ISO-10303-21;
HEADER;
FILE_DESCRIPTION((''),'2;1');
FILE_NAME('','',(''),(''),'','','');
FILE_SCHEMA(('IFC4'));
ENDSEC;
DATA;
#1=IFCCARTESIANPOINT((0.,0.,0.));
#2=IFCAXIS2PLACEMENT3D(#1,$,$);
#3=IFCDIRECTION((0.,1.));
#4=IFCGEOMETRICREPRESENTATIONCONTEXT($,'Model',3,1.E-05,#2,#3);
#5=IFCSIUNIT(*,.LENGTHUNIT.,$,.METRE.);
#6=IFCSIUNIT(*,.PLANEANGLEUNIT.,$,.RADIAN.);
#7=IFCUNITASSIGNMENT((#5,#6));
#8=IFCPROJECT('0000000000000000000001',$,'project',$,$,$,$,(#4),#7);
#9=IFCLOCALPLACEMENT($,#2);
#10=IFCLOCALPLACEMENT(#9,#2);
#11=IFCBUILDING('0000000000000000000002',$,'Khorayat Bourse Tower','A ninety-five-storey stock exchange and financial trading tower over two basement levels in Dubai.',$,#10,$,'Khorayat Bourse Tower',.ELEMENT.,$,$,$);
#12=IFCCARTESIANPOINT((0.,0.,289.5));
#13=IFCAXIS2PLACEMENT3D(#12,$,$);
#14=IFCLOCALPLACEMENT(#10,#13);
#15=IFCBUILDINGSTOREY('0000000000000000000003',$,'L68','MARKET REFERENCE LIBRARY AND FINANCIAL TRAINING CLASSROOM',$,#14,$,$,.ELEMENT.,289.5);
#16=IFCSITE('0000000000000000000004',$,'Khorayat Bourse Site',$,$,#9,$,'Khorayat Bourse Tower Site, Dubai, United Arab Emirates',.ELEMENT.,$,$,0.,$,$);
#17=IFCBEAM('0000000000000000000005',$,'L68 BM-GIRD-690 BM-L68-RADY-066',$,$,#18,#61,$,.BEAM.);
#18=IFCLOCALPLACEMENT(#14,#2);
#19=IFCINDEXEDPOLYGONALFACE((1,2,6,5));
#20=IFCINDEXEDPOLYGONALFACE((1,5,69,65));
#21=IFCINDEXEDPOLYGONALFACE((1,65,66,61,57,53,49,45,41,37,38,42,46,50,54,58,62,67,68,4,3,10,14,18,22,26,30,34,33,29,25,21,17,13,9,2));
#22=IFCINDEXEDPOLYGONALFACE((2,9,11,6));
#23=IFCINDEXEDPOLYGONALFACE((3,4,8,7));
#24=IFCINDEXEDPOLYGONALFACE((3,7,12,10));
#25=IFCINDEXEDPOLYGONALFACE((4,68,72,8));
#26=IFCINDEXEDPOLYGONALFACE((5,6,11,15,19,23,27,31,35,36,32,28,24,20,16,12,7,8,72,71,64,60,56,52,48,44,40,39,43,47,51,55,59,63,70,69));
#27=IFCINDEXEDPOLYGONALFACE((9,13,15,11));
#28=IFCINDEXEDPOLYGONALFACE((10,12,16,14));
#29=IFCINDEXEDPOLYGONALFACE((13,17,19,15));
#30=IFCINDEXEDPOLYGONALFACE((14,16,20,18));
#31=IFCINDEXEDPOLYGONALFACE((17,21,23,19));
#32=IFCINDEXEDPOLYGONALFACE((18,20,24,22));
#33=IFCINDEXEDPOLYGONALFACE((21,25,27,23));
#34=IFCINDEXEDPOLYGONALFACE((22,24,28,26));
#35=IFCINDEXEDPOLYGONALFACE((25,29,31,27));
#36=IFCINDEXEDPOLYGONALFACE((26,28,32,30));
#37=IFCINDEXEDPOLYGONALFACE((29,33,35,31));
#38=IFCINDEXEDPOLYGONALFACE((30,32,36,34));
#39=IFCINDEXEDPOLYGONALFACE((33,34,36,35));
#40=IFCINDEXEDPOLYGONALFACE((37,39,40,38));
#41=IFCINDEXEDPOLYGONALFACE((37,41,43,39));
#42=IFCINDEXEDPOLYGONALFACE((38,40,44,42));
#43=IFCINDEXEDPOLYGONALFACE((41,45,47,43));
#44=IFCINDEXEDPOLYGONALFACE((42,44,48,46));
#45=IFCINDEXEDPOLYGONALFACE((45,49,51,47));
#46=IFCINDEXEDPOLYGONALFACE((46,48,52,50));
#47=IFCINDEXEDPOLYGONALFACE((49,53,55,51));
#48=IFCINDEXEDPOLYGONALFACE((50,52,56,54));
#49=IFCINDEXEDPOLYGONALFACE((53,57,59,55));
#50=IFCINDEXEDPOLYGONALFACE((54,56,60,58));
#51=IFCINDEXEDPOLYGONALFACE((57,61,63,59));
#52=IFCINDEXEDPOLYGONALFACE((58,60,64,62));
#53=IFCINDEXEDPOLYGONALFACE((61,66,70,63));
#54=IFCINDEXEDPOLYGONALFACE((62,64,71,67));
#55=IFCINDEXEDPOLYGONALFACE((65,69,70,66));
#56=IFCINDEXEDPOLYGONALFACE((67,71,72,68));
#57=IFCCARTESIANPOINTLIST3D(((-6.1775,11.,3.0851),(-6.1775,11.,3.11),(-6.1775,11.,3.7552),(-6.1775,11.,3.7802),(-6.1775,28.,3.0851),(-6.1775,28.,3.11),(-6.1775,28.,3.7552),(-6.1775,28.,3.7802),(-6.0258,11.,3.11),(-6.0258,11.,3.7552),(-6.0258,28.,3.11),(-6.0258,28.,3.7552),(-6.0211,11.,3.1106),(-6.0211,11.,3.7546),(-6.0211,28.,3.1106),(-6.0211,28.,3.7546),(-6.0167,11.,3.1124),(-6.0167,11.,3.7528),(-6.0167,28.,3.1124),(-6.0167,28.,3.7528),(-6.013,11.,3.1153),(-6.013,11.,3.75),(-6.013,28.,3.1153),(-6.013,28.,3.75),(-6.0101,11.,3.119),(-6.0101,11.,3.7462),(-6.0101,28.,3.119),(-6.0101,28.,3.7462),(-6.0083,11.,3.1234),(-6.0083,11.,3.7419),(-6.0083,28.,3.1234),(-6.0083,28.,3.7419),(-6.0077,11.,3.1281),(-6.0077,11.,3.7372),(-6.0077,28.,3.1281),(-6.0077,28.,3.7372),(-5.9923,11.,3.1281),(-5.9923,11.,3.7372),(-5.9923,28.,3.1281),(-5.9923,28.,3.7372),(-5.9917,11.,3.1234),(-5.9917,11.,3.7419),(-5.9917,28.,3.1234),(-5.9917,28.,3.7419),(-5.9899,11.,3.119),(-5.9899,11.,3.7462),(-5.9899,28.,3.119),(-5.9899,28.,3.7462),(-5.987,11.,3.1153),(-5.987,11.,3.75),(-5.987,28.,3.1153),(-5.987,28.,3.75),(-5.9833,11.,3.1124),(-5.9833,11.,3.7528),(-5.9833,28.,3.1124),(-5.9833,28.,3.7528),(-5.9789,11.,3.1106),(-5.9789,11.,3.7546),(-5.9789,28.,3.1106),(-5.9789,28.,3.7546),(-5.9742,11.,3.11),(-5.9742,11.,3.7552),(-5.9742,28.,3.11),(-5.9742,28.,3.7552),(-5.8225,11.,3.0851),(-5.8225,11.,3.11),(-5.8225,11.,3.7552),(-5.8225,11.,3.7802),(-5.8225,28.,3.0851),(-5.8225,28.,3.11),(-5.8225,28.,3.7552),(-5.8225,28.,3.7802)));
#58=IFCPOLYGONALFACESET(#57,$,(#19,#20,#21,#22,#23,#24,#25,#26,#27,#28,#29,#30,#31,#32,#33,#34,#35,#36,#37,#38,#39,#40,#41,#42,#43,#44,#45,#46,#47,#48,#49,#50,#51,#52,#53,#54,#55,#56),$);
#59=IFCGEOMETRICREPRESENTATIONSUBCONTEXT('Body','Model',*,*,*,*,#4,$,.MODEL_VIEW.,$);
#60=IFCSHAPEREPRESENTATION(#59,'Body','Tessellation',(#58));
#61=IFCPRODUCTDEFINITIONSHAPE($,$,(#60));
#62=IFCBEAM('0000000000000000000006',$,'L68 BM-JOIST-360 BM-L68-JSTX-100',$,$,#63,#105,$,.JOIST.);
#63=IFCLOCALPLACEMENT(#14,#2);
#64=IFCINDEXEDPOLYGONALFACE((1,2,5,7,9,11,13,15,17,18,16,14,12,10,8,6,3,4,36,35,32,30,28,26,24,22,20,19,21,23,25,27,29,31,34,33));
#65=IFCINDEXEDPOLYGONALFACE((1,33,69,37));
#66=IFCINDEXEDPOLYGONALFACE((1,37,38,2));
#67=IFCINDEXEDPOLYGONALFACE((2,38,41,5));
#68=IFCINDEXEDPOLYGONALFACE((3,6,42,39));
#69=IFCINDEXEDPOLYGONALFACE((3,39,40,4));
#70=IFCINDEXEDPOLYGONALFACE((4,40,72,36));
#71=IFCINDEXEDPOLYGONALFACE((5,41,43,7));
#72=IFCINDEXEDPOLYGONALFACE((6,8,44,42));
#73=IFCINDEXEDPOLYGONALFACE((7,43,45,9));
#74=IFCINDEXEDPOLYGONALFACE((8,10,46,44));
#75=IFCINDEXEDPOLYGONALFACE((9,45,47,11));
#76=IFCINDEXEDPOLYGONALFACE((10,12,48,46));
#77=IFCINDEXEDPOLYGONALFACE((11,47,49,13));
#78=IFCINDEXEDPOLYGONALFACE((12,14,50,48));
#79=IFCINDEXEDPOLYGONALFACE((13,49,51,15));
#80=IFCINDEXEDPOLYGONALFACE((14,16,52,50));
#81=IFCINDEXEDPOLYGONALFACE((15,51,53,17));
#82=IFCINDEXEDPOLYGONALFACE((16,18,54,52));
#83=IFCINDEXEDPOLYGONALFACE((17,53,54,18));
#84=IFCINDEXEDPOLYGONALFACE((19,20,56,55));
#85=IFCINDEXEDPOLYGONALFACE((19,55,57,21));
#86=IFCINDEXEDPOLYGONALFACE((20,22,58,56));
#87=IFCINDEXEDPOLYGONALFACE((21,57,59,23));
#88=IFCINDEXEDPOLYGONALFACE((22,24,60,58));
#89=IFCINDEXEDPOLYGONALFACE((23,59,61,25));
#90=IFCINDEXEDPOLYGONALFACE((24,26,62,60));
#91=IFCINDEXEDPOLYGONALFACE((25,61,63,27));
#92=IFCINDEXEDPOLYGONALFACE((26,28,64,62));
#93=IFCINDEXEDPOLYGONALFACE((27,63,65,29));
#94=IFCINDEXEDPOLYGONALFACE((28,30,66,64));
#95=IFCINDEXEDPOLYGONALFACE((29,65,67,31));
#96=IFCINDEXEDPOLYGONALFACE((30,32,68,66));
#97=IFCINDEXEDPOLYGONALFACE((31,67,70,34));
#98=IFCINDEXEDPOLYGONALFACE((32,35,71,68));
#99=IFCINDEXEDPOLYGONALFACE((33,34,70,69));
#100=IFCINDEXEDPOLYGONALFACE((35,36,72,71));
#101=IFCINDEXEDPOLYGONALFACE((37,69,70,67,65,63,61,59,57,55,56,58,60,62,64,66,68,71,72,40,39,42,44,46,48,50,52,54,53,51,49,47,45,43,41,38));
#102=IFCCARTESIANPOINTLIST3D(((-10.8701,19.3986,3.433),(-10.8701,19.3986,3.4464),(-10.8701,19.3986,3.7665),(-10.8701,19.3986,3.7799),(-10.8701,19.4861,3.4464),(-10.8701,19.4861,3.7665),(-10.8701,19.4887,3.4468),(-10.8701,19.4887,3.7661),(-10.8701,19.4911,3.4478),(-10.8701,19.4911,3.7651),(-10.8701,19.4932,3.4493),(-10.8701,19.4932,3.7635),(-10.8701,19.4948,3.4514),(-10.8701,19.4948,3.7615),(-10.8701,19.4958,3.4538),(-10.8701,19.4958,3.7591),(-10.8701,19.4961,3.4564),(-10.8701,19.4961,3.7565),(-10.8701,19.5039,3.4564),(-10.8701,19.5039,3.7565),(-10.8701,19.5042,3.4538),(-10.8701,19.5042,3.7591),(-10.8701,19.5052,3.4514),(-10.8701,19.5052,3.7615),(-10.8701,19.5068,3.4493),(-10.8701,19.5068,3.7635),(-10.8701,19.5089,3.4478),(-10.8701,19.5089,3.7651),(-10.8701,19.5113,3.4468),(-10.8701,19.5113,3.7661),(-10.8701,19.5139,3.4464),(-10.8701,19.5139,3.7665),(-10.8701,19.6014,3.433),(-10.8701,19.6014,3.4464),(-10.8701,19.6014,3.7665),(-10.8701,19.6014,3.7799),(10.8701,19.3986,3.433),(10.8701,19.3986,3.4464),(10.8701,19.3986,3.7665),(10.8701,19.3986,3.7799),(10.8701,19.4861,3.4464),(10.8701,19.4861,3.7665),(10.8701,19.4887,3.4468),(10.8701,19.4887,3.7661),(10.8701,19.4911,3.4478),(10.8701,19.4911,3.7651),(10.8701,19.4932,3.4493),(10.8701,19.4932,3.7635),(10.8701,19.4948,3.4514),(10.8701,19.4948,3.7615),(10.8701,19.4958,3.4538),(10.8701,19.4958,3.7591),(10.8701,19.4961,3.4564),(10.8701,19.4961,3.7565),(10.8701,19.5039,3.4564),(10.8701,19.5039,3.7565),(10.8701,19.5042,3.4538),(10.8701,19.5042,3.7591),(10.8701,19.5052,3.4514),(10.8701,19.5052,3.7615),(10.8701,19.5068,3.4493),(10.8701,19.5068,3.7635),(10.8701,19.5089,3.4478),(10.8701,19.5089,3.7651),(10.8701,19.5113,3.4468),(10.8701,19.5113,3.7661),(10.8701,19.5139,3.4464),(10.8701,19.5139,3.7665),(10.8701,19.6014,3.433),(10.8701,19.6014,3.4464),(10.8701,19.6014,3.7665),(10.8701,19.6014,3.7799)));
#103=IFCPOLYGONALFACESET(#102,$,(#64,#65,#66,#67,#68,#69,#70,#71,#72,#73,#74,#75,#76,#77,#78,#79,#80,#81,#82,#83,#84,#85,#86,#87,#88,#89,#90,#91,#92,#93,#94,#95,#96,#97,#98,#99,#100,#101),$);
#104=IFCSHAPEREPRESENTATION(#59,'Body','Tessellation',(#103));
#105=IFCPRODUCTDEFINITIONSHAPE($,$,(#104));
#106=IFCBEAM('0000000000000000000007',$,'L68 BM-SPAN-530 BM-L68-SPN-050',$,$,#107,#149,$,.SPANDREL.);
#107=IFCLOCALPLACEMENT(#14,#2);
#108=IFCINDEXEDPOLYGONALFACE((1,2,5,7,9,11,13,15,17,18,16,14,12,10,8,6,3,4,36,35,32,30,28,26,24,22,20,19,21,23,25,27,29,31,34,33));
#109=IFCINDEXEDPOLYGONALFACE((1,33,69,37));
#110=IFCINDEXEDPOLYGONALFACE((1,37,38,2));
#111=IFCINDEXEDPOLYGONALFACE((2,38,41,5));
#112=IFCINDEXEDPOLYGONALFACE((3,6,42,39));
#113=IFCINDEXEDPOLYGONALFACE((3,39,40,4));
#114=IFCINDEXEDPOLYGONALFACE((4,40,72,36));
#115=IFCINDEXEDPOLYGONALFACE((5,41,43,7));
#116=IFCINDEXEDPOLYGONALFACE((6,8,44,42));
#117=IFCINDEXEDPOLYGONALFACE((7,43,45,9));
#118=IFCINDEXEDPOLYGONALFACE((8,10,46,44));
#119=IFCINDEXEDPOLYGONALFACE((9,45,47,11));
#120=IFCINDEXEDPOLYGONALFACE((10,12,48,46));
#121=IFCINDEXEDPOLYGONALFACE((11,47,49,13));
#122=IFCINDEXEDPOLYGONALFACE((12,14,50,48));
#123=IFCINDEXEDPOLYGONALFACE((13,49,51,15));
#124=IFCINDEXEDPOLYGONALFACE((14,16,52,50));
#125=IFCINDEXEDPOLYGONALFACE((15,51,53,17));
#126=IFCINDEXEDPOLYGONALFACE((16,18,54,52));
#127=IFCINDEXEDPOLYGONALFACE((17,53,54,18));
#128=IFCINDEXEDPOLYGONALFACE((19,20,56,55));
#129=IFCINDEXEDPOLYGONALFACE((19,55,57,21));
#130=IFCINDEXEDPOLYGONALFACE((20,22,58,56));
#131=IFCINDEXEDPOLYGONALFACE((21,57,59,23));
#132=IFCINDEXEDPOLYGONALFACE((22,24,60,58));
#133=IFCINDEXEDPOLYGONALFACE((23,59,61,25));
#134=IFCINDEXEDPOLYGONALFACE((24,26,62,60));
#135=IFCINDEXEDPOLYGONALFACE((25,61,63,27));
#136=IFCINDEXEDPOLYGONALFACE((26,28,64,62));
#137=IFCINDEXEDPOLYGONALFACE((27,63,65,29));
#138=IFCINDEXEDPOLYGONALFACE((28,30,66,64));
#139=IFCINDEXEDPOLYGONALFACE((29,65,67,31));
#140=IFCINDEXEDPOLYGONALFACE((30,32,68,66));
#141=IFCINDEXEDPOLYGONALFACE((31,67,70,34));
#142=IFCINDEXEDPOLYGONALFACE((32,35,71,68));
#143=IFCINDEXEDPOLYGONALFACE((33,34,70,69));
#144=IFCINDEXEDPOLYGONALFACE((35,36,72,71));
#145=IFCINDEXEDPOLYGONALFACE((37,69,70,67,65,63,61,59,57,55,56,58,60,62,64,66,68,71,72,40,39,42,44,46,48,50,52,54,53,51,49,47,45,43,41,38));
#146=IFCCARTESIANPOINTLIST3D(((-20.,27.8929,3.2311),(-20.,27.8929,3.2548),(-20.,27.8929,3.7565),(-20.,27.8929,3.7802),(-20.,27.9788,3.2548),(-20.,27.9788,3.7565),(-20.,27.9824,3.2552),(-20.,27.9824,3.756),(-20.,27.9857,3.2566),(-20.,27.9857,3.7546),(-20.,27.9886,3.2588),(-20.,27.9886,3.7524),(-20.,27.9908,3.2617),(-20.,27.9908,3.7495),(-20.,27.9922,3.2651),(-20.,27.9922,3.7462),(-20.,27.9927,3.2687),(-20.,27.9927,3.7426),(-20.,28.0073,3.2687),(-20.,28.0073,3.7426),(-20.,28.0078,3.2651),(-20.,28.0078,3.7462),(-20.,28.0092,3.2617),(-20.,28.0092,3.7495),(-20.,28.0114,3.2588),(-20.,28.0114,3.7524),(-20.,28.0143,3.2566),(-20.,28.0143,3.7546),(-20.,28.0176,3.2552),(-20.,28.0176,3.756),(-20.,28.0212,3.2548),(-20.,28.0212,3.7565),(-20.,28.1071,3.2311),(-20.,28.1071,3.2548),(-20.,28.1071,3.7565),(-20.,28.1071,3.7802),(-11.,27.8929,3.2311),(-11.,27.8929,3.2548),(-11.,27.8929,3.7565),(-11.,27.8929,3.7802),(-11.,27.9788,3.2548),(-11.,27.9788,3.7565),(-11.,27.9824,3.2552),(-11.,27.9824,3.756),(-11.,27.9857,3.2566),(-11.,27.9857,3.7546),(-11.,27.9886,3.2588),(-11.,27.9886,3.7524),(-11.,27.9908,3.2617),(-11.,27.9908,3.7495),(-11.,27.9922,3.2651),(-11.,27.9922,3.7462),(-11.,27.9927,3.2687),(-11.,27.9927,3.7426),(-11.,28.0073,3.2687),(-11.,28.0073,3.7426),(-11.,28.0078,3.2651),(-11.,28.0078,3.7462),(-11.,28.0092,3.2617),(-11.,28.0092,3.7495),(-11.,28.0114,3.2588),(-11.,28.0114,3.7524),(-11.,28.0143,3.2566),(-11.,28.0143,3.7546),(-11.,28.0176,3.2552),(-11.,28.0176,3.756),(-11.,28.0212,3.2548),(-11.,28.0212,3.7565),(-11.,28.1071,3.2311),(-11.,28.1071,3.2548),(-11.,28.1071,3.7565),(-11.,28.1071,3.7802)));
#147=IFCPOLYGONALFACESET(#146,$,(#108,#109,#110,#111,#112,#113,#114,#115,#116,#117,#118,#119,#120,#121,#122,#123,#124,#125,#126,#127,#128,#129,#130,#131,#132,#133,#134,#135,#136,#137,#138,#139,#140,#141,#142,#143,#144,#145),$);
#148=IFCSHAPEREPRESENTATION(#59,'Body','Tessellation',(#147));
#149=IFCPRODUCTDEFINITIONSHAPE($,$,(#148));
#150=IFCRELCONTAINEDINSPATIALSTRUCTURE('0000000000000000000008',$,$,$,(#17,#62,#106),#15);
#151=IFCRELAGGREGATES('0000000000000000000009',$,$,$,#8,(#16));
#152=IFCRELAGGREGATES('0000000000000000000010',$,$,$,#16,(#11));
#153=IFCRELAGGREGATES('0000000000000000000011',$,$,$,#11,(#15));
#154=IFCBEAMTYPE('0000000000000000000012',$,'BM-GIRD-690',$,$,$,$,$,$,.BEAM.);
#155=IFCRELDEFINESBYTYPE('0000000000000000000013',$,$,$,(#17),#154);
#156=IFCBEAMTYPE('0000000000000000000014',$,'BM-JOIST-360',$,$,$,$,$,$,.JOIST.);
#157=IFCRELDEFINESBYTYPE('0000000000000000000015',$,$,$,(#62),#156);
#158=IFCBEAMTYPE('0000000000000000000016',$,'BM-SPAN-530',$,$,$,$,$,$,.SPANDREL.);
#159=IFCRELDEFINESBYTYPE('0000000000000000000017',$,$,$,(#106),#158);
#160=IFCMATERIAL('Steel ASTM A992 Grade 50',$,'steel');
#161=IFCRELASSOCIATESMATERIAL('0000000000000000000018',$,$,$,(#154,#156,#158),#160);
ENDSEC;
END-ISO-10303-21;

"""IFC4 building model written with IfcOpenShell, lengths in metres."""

from ifc_helpers import new_model, si_unit, direction, frame, origin, origin_2d, place, context, subcontext, project, spatial, i_section, extrude, source, transform, mapped, material, material_profile, profile_set, type_object, element, save


model = new_model("IFC4")

# Units and contexts
model_context = context("Model", 3, precision=1e-05, world=origin(), true_north=direction((0.0, 1.0)))
body_context = subcontext(model_context, "Body", "Model", "MODEL_VIEW")
ifc_project = project(units=[si_unit("LENGTHUNIT", "METRE"), si_unit("PLANEANGLEUNIT", "RADIAN")], contexts=[model_context])

# Site, building, storey
site_placement = place(None, origin())
site = spatial("IfcSite", under=ifc_project, at=site_placement, Name="Khorayat Bourse Site", LongName="Khorayat Bourse Tower Site, Dubai, United Arab Emirates", CompositionType="ELEMENT", RefElevation=0.0)
building_placement = place(site_placement, origin())
building = spatial("IfcBuilding", under=site, at=building_placement, Name="Khorayat Bourse Tower", Description="A ninety-five-storey stock exchange and financial trading tower over two basement levels in Dubai.", LongName="Khorayat Bourse Tower", CompositionType="ELEMENT")
storey_placement = place(building_placement, frame((0.0, 0.0, 289.5)))
storey = spatial("IfcBuildingStorey", under=building, at=storey_placement, Name="L68", Description="MARKET REFERENCE LIBRARY AND FINANCIAL TRAINING CLASSROOM", CompositionType="ELEMENT", Elevation=289.5)

# Beams
ifc_material_1 = material(Name="Steel ASTM A992 Grade 50", Category="steel")
ifc_material_profile_1 = material_profile(ifc_material_1, i_section(OverallWidth=0.355, OverallDepth=0.6951, WebThickness=0.0154, FlangeThickness=0.0249, FilletRadius=0.0181, at=origin_2d()), Name="W690X217")
ifc_profile_set_1 = profile_set([ifc_material_profile_1], Name="Steel ASTM A992 Grade 50")
beam_type_1 = type_object("IfcBeamType", Name="BM-GIRD-690", PredefinedType="BEAM", material=ifc_profile_set_1)
shared_shape_1 = source(origin(), body_context, "Body", "SweptSolid", [
    extrude(i_section(OverallWidth=0.355, OverallDepth=0.6951, WebThickness=0.0154, FlangeThickness=0.0249, FilletRadius=0.0181, at=origin_2d()), origin(), (0.0, 0.0, 1.0), 17.0),
])
for number, where, z_axis, x_axis, name in (
    (1, (-6.0, 11.0, 3.4326), (0.0, 1.0, 0.0), (-1.0, 0.0, 0.0), "L68 BM-GIRD-690 BM-L68-RADY-066"),
):
    element("IfcBeam", number, at=place(storey_placement, frame(where, z_axis=z_axis, x_axis=x_axis)), inside=storey, type_object=beam_type_1, Name=name, PredefinedType="BEAM", context=body_context, shape_type="MappedRepresentation", body=[
        mapped(shared_shape_1, transform((0.0, 0.0, 0.0), scale=1.0)),
    ])
ifc_material_profile_2 = material_profile(ifc_material_1, i_section(OverallWidth=0.2029, OverallDepth=0.3469, WebThickness=0.0078, FlangeThickness=0.0134, FilletRadius=0.01, at=origin_2d()), Name="W360X64")
ifc_profile_set_2 = profile_set([ifc_material_profile_2], Name="Steel ASTM A992 Grade 50")
beam_type_2 = type_object("IfcBeamType", Name="BM-JOIST-360", PredefinedType="JOIST", material=ifc_profile_set_2)
shared_shape_2 = source(origin(), body_context, "Body", "SweptSolid", [
    extrude(i_section(OverallWidth=0.2029, OverallDepth=0.3469, WebThickness=0.0078, FlangeThickness=0.0134, FilletRadius=0.01, at=origin_2d()), origin(), (0.0, 0.0, 1.0), 21.7402),
])
beam_1_placement = place(storey_placement, frame((-10.8701, 19.5, 3.6064), z_axis=(1.0, 0.0, 0.0), x_axis=(0.0, 1.0, 0.0)))
element("IfcBeam", 2, at=beam_1_placement, inside=storey, type_object=beam_type_2, Name="L68 BM-JOIST-360 BM-L68-JSTX-100", PredefinedType="JOIST", context=body_context, shape_type="MappedRepresentation", body=[
    mapped(shared_shape_2, transform((0.0, 0.0, 0.0), scale=1.0)),
])
ifc_material_profile_3 = material_profile(ifc_material_1, i_section(OverallWidth=0.2141, OverallDepth=0.5491, WebThickness=0.0146, FlangeThickness=0.0237, FilletRadius=0.0139, at=origin_2d()), Name="W530X138")
ifc_profile_set_3 = profile_set([ifc_material_profile_3], Name="Steel ASTM A992 Grade 50")
beam_type_3 = type_object("IfcBeamType", Name="BM-SPAN-530", PredefinedType="SPANDREL", material=ifc_profile_set_3)
shared_shape_3 = source(origin(), body_context, "Body", "SweptSolid", [
    extrude(i_section(OverallWidth=0.2141, OverallDepth=0.5491, WebThickness=0.0146, FlangeThickness=0.0237, FilletRadius=0.0139, at=origin_2d()), origin(), (0.0, 0.0, 1.0), 9.0),
])
beam_2_placement = place(storey_placement, frame((-20.0, 28.0, 3.5056), z_axis=(1.0, 0.0, 0.0), x_axis=(0.0, 1.0, 0.0)))
element("IfcBeam", 3, at=beam_2_placement, inside=storey, type_object=beam_type_3, Name="L68 BM-SPAN-530 BM-L68-SPN-050", PredefinedType="SPANDREL", context=body_context, shape_type="MappedRepresentation", body=[
    mapped(shared_shape_3, transform((0.0, 0.0, 0.0), scale=1.0)),
])

save(model, "model.ifc")
